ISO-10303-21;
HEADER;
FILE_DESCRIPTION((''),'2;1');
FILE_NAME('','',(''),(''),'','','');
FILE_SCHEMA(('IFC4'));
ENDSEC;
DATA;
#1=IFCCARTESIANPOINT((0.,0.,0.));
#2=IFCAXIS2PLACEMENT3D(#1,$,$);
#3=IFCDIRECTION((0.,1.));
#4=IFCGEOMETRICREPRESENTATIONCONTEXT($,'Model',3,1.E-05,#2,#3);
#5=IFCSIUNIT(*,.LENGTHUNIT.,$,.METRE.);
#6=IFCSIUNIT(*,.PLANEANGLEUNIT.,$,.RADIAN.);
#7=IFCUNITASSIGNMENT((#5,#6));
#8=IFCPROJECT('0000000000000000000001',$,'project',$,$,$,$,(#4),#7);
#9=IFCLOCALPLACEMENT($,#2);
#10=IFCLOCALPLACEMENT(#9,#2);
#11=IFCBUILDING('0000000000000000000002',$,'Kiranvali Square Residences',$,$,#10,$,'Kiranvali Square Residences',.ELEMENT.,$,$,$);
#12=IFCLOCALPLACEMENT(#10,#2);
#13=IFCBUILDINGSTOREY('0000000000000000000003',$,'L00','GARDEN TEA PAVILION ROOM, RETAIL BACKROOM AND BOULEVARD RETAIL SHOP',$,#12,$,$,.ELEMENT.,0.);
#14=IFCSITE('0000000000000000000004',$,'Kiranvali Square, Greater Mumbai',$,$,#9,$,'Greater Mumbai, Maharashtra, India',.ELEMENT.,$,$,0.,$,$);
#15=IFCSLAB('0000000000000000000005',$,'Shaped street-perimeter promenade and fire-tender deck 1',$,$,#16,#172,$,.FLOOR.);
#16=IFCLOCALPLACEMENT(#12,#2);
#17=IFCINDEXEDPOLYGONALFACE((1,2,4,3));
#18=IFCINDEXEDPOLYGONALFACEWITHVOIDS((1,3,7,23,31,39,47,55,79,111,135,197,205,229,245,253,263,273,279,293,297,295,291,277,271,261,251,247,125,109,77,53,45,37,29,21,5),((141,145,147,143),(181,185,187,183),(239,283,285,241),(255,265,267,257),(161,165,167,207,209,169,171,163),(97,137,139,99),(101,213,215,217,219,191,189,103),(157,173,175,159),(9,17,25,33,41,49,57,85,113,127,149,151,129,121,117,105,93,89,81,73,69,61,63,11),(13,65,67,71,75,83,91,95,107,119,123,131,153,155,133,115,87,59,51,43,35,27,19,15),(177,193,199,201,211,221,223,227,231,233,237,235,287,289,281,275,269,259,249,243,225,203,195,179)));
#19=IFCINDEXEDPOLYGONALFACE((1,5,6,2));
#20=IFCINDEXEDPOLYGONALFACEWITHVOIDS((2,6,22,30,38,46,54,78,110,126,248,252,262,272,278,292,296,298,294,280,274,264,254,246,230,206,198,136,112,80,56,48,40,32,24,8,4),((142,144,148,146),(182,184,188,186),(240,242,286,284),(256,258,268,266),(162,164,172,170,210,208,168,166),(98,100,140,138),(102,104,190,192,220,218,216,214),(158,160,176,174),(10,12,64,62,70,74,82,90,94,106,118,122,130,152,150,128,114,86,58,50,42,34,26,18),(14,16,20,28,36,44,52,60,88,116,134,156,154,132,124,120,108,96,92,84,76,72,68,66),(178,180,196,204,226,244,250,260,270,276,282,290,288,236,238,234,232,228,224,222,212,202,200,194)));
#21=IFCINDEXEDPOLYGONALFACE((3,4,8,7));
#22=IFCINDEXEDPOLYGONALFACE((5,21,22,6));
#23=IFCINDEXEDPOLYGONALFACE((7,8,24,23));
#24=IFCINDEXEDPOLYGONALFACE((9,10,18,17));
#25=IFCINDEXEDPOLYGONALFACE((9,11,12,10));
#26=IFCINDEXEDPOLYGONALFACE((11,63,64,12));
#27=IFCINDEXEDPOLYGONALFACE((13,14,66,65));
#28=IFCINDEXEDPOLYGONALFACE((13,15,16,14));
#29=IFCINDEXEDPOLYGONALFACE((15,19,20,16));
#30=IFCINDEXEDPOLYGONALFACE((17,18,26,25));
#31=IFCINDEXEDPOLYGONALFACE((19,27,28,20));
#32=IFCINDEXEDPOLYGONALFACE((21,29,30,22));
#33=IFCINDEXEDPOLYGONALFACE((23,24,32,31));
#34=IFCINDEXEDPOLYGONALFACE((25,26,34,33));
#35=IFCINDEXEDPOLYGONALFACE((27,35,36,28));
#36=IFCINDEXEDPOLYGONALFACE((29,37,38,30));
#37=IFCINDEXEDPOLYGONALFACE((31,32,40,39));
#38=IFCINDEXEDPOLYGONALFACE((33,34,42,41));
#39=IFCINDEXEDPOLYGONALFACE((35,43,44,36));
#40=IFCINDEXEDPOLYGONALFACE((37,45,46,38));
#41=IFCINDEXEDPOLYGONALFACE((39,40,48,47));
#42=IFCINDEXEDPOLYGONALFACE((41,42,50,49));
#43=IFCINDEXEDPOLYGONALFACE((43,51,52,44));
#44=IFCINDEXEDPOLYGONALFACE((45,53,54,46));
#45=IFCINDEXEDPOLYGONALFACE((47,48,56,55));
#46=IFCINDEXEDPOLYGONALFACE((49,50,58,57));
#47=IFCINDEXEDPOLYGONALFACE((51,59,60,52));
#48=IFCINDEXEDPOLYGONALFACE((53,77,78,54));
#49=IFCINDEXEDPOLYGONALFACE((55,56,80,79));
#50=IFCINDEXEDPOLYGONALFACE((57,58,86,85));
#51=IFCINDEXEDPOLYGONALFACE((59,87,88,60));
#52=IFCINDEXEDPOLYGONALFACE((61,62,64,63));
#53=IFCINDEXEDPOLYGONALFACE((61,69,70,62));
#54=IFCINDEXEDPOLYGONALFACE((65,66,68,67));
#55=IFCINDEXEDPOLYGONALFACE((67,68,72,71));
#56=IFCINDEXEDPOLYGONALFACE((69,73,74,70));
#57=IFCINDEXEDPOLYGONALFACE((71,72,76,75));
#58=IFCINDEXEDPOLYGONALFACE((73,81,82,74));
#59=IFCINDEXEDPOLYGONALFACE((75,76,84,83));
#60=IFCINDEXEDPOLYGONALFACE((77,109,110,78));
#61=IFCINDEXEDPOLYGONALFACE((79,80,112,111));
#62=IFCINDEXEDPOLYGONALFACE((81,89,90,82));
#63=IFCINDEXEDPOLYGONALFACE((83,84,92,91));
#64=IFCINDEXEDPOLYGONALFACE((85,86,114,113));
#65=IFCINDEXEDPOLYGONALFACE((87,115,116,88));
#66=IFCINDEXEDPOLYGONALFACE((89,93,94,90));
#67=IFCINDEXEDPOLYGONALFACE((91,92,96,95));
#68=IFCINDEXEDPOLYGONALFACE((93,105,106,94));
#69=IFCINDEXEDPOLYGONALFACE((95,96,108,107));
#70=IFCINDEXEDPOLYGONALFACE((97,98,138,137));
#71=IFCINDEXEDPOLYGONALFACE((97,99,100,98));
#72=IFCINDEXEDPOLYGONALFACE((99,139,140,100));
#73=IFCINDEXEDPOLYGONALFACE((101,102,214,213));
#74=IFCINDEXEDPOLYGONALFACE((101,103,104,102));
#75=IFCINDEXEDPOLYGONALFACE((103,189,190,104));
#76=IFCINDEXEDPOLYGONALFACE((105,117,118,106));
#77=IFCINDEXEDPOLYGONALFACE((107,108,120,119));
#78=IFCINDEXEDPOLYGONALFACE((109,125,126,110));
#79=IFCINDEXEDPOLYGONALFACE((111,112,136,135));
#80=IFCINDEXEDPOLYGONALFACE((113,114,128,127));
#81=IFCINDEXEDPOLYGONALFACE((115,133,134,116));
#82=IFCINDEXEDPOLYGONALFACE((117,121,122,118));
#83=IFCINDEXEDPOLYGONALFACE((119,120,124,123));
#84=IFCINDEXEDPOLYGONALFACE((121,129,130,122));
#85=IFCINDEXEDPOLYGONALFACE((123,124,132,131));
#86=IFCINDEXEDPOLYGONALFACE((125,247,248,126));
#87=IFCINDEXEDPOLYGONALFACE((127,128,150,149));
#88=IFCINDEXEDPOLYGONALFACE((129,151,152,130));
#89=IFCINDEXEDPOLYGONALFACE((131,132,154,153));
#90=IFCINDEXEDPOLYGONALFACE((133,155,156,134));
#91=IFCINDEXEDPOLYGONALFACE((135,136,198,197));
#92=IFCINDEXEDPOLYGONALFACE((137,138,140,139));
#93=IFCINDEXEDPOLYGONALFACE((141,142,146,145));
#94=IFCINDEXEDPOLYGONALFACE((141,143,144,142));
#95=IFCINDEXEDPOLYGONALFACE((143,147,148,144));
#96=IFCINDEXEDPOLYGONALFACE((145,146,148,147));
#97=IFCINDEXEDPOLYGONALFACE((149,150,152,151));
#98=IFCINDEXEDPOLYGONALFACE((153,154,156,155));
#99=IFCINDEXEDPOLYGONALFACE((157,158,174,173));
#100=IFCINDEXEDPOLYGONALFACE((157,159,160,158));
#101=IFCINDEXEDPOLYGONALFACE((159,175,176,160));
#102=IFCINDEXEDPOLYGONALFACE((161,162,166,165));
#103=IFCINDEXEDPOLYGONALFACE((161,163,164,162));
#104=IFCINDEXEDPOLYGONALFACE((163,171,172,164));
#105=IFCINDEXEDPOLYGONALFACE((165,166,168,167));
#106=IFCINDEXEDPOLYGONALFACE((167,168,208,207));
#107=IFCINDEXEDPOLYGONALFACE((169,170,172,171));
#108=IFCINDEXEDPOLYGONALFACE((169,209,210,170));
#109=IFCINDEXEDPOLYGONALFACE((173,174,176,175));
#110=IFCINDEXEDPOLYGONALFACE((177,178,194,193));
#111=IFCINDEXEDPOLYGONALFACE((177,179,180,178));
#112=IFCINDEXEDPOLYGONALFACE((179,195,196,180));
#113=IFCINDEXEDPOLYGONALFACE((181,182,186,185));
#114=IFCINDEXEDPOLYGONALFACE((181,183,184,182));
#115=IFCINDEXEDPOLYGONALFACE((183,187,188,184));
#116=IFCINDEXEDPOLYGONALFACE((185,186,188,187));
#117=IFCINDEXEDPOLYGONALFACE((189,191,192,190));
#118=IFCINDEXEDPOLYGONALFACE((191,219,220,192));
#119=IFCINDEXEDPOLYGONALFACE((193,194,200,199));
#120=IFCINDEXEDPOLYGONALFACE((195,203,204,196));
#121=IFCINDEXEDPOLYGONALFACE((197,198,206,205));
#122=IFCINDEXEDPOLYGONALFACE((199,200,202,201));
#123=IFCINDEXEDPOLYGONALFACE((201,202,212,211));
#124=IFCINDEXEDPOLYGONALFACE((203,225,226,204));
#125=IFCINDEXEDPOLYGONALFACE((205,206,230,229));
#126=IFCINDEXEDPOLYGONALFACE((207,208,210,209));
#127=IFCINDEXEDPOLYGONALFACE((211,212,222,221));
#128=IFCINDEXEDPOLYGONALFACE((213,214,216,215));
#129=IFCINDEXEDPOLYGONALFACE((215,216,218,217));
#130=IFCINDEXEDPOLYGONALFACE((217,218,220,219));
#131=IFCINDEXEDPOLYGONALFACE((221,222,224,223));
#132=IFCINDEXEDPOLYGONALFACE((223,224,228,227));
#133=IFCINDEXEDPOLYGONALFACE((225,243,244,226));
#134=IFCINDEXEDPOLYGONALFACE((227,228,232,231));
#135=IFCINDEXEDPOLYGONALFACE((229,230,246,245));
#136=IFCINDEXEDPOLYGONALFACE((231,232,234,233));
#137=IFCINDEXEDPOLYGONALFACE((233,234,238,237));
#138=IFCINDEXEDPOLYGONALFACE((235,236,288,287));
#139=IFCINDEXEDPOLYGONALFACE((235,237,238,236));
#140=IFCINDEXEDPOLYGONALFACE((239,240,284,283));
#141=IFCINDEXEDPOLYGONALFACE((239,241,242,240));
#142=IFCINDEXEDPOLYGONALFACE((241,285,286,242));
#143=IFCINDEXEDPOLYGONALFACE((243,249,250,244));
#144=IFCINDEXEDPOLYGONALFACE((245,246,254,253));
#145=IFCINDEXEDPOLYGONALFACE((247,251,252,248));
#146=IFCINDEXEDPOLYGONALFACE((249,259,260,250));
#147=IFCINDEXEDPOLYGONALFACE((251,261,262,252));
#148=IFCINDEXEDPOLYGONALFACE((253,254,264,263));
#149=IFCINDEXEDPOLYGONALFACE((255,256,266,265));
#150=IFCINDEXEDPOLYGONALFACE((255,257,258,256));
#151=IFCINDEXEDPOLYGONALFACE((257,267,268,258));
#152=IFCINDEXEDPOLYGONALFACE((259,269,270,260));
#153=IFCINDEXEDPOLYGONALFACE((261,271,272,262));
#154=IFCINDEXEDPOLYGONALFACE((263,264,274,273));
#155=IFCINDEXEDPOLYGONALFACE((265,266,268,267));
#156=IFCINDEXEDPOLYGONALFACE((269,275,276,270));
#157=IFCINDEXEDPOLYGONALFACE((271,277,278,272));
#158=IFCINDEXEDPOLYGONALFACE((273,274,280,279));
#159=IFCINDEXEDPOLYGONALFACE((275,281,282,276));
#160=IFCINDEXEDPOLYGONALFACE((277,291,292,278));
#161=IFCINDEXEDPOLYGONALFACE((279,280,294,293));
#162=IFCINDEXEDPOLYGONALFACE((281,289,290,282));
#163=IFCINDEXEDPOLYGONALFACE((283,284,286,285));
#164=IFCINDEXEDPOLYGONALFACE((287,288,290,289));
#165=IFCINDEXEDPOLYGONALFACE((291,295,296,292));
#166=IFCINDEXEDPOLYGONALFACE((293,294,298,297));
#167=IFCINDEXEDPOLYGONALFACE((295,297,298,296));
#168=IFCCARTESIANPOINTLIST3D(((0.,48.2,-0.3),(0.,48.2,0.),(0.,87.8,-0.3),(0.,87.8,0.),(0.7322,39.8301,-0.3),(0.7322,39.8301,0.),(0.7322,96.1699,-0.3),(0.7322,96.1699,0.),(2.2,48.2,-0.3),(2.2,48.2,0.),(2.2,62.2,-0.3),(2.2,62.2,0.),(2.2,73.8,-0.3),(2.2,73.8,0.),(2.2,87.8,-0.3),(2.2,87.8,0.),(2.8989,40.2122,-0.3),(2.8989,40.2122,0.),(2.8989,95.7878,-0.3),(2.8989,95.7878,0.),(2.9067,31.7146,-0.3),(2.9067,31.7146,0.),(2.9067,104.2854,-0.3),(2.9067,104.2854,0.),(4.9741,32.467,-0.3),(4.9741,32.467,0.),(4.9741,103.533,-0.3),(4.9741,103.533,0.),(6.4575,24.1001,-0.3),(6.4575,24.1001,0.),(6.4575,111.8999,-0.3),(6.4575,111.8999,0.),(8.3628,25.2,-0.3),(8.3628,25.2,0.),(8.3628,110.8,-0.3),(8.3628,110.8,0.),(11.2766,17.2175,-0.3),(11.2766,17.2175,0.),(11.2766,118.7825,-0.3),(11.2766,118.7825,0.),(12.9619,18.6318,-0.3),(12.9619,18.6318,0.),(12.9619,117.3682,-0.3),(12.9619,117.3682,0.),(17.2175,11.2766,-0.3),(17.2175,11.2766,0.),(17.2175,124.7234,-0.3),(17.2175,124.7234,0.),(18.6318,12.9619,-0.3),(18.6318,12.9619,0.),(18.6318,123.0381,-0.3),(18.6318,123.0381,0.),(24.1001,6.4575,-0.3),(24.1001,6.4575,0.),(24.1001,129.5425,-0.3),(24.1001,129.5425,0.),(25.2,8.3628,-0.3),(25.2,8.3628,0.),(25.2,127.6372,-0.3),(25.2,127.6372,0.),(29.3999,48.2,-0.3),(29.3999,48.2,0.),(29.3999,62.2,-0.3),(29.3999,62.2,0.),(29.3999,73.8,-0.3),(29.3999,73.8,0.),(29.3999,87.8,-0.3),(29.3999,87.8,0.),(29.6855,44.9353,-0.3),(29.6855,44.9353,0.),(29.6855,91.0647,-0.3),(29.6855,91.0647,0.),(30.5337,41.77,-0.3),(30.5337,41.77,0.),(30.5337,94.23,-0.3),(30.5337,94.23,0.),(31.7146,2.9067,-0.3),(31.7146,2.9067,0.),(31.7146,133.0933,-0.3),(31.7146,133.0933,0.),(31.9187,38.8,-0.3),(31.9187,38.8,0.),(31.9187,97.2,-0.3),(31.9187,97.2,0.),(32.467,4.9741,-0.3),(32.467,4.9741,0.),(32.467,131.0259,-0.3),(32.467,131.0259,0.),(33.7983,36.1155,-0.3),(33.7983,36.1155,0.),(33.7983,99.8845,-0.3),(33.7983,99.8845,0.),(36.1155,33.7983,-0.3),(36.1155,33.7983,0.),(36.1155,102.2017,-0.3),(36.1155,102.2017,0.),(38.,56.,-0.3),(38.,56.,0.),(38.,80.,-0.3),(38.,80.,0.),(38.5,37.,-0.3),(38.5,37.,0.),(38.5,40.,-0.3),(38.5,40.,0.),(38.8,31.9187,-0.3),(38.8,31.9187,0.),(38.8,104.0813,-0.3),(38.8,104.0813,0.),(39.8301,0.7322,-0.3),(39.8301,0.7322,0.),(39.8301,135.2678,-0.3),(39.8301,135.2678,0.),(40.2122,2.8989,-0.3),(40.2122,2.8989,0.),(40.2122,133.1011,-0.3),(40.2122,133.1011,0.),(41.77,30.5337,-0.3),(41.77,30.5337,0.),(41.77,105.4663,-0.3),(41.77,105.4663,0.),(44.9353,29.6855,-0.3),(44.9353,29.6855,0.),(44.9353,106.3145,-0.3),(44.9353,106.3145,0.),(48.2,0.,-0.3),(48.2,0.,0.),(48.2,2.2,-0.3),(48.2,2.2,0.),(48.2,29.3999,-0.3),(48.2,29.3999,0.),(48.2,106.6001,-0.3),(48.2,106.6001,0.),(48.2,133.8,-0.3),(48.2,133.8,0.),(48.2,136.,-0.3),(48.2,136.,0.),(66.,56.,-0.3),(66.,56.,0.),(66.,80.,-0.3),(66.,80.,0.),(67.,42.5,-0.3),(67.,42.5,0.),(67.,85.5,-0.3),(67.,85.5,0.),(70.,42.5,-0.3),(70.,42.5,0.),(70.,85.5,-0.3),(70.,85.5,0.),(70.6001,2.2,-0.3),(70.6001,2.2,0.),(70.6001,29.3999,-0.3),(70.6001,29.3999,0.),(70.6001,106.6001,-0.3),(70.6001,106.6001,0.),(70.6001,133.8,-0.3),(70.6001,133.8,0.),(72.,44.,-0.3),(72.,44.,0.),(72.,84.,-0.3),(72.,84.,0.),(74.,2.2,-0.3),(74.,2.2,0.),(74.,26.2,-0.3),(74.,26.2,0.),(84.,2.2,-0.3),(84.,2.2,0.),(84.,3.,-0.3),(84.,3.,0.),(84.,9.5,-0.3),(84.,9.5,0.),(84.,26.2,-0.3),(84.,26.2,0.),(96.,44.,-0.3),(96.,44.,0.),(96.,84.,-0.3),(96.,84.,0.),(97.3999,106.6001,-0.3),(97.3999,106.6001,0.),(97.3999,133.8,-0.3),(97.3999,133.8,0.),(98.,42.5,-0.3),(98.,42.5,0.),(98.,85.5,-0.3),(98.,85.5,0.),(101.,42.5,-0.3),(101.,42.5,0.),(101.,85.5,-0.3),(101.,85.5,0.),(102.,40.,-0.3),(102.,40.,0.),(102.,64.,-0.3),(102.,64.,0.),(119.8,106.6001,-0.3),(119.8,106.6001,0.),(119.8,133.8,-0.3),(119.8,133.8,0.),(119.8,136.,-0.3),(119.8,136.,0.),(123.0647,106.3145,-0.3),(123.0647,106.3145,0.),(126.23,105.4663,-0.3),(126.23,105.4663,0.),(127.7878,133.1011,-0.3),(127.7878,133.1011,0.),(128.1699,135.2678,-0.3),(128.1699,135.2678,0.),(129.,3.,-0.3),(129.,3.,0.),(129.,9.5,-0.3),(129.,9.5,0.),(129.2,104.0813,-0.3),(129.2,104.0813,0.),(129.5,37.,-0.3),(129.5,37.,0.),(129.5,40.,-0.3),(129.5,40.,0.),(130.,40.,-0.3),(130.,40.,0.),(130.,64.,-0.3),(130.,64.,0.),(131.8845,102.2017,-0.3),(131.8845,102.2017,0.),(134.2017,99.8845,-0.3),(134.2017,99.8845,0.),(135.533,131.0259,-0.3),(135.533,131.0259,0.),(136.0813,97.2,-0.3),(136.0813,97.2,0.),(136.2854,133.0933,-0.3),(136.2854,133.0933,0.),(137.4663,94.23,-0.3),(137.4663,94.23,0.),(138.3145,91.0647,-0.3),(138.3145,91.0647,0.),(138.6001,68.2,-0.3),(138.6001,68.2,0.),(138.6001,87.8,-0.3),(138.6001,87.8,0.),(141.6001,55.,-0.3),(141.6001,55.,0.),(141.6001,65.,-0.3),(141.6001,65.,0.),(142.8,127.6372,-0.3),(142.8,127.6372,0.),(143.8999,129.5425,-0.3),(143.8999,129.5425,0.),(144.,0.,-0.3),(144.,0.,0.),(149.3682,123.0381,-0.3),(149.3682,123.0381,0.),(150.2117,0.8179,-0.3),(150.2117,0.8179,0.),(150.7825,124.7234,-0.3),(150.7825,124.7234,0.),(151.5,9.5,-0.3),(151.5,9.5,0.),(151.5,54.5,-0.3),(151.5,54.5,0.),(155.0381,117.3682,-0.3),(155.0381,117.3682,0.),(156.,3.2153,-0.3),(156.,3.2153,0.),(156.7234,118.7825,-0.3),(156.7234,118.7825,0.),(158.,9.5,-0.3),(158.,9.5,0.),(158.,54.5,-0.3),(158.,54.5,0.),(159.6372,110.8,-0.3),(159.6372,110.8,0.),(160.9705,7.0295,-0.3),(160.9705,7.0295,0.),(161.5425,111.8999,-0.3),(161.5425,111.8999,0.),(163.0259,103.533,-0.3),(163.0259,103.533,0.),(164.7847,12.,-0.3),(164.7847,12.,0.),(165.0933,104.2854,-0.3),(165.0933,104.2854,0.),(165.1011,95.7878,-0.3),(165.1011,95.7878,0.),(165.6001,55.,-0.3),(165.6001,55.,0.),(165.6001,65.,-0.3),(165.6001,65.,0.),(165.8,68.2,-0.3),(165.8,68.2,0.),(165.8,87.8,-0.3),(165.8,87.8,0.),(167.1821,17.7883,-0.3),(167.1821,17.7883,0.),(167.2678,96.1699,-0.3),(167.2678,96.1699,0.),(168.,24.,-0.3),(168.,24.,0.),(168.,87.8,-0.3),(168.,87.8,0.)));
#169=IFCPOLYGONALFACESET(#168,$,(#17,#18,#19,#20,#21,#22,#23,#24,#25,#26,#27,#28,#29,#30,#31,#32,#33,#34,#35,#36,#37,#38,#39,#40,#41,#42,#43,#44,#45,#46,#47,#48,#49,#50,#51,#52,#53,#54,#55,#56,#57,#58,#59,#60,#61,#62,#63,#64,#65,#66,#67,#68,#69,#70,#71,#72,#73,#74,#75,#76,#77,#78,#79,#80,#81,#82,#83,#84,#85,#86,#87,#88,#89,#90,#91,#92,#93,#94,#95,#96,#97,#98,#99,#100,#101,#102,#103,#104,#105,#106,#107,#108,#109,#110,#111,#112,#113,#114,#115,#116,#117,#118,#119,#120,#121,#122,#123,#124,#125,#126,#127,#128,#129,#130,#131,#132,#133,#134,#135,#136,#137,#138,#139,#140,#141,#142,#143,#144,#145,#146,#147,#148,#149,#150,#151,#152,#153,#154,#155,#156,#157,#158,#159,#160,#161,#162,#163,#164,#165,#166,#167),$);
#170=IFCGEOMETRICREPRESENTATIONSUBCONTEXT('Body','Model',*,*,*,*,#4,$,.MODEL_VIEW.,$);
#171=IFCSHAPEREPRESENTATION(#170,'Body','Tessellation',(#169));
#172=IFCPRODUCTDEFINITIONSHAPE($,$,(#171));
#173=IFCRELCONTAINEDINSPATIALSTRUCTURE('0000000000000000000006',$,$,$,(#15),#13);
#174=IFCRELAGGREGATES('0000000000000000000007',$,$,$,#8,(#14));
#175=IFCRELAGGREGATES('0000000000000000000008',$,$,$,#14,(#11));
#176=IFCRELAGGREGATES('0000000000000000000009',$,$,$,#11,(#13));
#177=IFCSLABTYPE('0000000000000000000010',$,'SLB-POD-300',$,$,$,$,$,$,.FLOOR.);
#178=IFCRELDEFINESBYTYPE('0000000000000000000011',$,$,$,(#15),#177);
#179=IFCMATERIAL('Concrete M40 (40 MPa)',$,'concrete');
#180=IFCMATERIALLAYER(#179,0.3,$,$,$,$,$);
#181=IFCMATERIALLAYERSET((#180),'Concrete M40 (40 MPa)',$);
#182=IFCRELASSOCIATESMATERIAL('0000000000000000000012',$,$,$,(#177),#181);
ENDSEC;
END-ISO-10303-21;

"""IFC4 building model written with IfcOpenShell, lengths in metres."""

from ifc_helpers import new_model, si_unit, direction, frame, origin, place, context, subcontext, project, spatial, polyline, outline, extrude, material, layer, layer_set, type_object, element, save


model = new_model("IFC4")

# Units and contexts
model_context = context("Model", 3, precision=1e-05, world=origin(), true_north=direction((0.0, 1.0)))
body_context = subcontext(model_context, "Body", "Model", "MODEL_VIEW")
ifc_project = project(units=[si_unit("LENGTHUNIT", "METRE"), si_unit("PLANEANGLEUNIT", "RADIAN")], contexts=[model_context])

# Site, building, storey
site_placement = place(None, origin())
site = spatial("IfcSite", under=ifc_project, at=site_placement, Name="Kiranvali Square, Greater Mumbai", LongName="Greater Mumbai, Maharashtra, India", CompositionType="ELEMENT", RefElevation=0.0)
building_placement = place(site_placement, origin())
building = spatial("IfcBuilding", under=site, at=building_placement, Name="Kiranvali Square Residences", LongName="Kiranvali Square Residences", CompositionType="ELEMENT")
storey_placement = place(building_placement, origin())
storey = spatial("IfcBuildingStorey", under=building, at=storey_placement, Name="L00", Description="GARDEN TEA PAVILION ROOM, RETAIL BACKROOM AND BOULEVARD RETAIL SHOP", CompositionType="ELEMENT", Elevation=0.0)

# Slab
ifc_material_1 = material(Name="Concrete M40 (40 MPa)", Category="concrete")
ifc_layer_1 = layer(ifc_material_1, 0.3)
ifc_layer_set_1 = layer_set([ifc_layer_1], Name="Concrete M40 (40 MPa)")
slab_type_1 = type_object("IfcSlabType", Name="SLB-POD-300", PredefinedType="FLOOR", material=ifc_layer_set_1)
slab_1_placement = place(storey_placement, frame((0.0, 0.0, -0.3)))
element("IfcSlab", 1, at=slab_1_placement, inside=storey, type_object=slab_type_1, Name="Shaped street-perimeter promenade and fire-tender deck 1", PredefinedType="FLOOR", context=body_context, shape_type="SweptSolid", body=[
    extrude(outline(polyline([(0.0, 87.8), (0.7322, 96.1699), (2.9067, 104.2854), (6.4575, 111.8999), (11.2766, 118.7825), (17.2175, 124.7234), (24.1001, 129.5425), (31.7146, 133.0933), (39.8301, 135.2678), (48.2, 136.0), (119.8, 136.0), (128.1699, 135.2678), (136.2854, 133.0933), (143.8999, 129.5425), (150.7825, 124.7234), (156.7234, 118.7825), (161.5425, 111.8999), (165.0933, 104.2854), (167.2678, 96.1699), (168.0, 87.8), (168.0, 24.0), (167.1821, 17.7883), (164.7847, 12.0), (160.9705, 7.0295), (156.0, 3.2153), (150.2117, 0.8179), (144.0, 0.0), (48.2, 0.0), (39.8301, 0.7322), (31.7146, 2.9067), (24.1001, 6.4575), (17.2175, 11.2766), (11.2766, 17.2175), (6.4575, 24.1001), (2.9067, 31.7146), (0.7322, 39.8301), (0.0, 48.2), (0.0, 87.8)]), holes=[polyline([(74.0, 26.2), (74.0, 2.2), (84.0, 2.2), (84.0, 3.0), (129.0, 3.0), (129.0, 9.5), (84.0, 9.5), (84.0, 26.2), (74.0, 26.2)]), polyline([(48.2, 2.2), (70.6001, 2.2), (70.6001, 29.3999), (48.2, 29.3999), (44.9353, 29.6855), (41.77, 30.5337), (38.8, 31.9187), (36.1155, 33.7983), (33.7983, 36.1155), (31.9187, 38.8), (30.5337, 41.77), (29.6855, 44.9353), (29.3999, 48.2), (29.3999, 62.2), (2.2, 62.2), (2.2, 48.2), (2.8989, 40.2122), (4.9741, 32.467), (8.3628, 25.2), (12.9619, 18.6318), (18.6318, 12.9619), (25.2, 8.3628), (32.467, 4.9741), (40.2122, 2.8989), (48.2, 2.2)]), polyline([(129.5, 40.0), (130.0, 40.0), (130.0, 64.0), (102.0, 64.0), (102.0, 40.0), (38.5, 40.0), (38.5, 37.0), (129.5, 37.0), (129.5, 40.0)]), polyline([(67.0, 85.5), (67.0, 42.5), (70.0, 42.5), (70.0, 85.5), (67.0, 85.5)]), polyline([(96.0, 84.0), (72.0, 84.0), (72.0, 44.0), (96.0, 44.0), (96.0, 84.0)]), polyline([(66.0, 80.0), (38.0, 80.0), (38.0, 56.0), (66.0, 56.0), (66.0, 80.0)]), polyline([(44.9353, 106.3145), (48.2, 106.6001), (70.6001, 106.6001), (70.6001, 133.8), (48.2, 133.8), (40.2122, 133.1011), (32.467, 131.0259), (25.2, 127.6372), (18.6318, 123.0381), (12.9619, 117.3682), (8.3628, 110.8), (4.9741, 103.533), (2.8989, 95.7878), (2.2, 87.8), (2.2, 73.8), (29.3999, 73.8), (29.3999, 87.8), (29.6855, 91.0647), (30.5337, 94.23), (31.9187, 97.2), (33.7983, 99.8845), (36.1155, 102.2017), (38.8, 104.0813), (41.77, 105.4663), (44.9353, 106.3145)]), polyline([(158.0, 54.5), (151.5, 54.5), (151.5, 9.5), (158.0, 9.5), (158.0, 54.5)]), polyline([(165.6001, 65.0), (141.6001, 65.0), (141.6001, 55.0), (165.6001, 55.0), (165.6001, 65.0)]), polyline([(101.0, 85.5), (98.0, 85.5), (98.0, 42.5), (101.0, 42.5), (101.0, 85.5)]), polyline([(119.8, 133.8), (97.3999, 133.8), (97.3999, 106.6001), (119.8, 106.6001), (123.0647, 106.3145), (126.23, 105.4663), (129.2, 104.0813), (131.8845, 102.2017), (134.2017, 99.8845), (136.0813, 97.2), (137.4663, 94.23), (138.3145, 91.0647), (138.6001, 87.8), (138.6001, 68.2), (165.8, 68.2), (165.8, 87.8), (165.1011, 95.7878), (163.0259, 103.533), (159.6372, 110.8), (155.0381, 117.3682), (149.3682, 123.0381), (142.8, 127.6372), (135.533, 131.0259), (127.7878, 133.1011), (119.8, 133.8)])]), origin(), (0.0, 0.0, 1.0), 0.3),
])

save(model, "model.ifc")
